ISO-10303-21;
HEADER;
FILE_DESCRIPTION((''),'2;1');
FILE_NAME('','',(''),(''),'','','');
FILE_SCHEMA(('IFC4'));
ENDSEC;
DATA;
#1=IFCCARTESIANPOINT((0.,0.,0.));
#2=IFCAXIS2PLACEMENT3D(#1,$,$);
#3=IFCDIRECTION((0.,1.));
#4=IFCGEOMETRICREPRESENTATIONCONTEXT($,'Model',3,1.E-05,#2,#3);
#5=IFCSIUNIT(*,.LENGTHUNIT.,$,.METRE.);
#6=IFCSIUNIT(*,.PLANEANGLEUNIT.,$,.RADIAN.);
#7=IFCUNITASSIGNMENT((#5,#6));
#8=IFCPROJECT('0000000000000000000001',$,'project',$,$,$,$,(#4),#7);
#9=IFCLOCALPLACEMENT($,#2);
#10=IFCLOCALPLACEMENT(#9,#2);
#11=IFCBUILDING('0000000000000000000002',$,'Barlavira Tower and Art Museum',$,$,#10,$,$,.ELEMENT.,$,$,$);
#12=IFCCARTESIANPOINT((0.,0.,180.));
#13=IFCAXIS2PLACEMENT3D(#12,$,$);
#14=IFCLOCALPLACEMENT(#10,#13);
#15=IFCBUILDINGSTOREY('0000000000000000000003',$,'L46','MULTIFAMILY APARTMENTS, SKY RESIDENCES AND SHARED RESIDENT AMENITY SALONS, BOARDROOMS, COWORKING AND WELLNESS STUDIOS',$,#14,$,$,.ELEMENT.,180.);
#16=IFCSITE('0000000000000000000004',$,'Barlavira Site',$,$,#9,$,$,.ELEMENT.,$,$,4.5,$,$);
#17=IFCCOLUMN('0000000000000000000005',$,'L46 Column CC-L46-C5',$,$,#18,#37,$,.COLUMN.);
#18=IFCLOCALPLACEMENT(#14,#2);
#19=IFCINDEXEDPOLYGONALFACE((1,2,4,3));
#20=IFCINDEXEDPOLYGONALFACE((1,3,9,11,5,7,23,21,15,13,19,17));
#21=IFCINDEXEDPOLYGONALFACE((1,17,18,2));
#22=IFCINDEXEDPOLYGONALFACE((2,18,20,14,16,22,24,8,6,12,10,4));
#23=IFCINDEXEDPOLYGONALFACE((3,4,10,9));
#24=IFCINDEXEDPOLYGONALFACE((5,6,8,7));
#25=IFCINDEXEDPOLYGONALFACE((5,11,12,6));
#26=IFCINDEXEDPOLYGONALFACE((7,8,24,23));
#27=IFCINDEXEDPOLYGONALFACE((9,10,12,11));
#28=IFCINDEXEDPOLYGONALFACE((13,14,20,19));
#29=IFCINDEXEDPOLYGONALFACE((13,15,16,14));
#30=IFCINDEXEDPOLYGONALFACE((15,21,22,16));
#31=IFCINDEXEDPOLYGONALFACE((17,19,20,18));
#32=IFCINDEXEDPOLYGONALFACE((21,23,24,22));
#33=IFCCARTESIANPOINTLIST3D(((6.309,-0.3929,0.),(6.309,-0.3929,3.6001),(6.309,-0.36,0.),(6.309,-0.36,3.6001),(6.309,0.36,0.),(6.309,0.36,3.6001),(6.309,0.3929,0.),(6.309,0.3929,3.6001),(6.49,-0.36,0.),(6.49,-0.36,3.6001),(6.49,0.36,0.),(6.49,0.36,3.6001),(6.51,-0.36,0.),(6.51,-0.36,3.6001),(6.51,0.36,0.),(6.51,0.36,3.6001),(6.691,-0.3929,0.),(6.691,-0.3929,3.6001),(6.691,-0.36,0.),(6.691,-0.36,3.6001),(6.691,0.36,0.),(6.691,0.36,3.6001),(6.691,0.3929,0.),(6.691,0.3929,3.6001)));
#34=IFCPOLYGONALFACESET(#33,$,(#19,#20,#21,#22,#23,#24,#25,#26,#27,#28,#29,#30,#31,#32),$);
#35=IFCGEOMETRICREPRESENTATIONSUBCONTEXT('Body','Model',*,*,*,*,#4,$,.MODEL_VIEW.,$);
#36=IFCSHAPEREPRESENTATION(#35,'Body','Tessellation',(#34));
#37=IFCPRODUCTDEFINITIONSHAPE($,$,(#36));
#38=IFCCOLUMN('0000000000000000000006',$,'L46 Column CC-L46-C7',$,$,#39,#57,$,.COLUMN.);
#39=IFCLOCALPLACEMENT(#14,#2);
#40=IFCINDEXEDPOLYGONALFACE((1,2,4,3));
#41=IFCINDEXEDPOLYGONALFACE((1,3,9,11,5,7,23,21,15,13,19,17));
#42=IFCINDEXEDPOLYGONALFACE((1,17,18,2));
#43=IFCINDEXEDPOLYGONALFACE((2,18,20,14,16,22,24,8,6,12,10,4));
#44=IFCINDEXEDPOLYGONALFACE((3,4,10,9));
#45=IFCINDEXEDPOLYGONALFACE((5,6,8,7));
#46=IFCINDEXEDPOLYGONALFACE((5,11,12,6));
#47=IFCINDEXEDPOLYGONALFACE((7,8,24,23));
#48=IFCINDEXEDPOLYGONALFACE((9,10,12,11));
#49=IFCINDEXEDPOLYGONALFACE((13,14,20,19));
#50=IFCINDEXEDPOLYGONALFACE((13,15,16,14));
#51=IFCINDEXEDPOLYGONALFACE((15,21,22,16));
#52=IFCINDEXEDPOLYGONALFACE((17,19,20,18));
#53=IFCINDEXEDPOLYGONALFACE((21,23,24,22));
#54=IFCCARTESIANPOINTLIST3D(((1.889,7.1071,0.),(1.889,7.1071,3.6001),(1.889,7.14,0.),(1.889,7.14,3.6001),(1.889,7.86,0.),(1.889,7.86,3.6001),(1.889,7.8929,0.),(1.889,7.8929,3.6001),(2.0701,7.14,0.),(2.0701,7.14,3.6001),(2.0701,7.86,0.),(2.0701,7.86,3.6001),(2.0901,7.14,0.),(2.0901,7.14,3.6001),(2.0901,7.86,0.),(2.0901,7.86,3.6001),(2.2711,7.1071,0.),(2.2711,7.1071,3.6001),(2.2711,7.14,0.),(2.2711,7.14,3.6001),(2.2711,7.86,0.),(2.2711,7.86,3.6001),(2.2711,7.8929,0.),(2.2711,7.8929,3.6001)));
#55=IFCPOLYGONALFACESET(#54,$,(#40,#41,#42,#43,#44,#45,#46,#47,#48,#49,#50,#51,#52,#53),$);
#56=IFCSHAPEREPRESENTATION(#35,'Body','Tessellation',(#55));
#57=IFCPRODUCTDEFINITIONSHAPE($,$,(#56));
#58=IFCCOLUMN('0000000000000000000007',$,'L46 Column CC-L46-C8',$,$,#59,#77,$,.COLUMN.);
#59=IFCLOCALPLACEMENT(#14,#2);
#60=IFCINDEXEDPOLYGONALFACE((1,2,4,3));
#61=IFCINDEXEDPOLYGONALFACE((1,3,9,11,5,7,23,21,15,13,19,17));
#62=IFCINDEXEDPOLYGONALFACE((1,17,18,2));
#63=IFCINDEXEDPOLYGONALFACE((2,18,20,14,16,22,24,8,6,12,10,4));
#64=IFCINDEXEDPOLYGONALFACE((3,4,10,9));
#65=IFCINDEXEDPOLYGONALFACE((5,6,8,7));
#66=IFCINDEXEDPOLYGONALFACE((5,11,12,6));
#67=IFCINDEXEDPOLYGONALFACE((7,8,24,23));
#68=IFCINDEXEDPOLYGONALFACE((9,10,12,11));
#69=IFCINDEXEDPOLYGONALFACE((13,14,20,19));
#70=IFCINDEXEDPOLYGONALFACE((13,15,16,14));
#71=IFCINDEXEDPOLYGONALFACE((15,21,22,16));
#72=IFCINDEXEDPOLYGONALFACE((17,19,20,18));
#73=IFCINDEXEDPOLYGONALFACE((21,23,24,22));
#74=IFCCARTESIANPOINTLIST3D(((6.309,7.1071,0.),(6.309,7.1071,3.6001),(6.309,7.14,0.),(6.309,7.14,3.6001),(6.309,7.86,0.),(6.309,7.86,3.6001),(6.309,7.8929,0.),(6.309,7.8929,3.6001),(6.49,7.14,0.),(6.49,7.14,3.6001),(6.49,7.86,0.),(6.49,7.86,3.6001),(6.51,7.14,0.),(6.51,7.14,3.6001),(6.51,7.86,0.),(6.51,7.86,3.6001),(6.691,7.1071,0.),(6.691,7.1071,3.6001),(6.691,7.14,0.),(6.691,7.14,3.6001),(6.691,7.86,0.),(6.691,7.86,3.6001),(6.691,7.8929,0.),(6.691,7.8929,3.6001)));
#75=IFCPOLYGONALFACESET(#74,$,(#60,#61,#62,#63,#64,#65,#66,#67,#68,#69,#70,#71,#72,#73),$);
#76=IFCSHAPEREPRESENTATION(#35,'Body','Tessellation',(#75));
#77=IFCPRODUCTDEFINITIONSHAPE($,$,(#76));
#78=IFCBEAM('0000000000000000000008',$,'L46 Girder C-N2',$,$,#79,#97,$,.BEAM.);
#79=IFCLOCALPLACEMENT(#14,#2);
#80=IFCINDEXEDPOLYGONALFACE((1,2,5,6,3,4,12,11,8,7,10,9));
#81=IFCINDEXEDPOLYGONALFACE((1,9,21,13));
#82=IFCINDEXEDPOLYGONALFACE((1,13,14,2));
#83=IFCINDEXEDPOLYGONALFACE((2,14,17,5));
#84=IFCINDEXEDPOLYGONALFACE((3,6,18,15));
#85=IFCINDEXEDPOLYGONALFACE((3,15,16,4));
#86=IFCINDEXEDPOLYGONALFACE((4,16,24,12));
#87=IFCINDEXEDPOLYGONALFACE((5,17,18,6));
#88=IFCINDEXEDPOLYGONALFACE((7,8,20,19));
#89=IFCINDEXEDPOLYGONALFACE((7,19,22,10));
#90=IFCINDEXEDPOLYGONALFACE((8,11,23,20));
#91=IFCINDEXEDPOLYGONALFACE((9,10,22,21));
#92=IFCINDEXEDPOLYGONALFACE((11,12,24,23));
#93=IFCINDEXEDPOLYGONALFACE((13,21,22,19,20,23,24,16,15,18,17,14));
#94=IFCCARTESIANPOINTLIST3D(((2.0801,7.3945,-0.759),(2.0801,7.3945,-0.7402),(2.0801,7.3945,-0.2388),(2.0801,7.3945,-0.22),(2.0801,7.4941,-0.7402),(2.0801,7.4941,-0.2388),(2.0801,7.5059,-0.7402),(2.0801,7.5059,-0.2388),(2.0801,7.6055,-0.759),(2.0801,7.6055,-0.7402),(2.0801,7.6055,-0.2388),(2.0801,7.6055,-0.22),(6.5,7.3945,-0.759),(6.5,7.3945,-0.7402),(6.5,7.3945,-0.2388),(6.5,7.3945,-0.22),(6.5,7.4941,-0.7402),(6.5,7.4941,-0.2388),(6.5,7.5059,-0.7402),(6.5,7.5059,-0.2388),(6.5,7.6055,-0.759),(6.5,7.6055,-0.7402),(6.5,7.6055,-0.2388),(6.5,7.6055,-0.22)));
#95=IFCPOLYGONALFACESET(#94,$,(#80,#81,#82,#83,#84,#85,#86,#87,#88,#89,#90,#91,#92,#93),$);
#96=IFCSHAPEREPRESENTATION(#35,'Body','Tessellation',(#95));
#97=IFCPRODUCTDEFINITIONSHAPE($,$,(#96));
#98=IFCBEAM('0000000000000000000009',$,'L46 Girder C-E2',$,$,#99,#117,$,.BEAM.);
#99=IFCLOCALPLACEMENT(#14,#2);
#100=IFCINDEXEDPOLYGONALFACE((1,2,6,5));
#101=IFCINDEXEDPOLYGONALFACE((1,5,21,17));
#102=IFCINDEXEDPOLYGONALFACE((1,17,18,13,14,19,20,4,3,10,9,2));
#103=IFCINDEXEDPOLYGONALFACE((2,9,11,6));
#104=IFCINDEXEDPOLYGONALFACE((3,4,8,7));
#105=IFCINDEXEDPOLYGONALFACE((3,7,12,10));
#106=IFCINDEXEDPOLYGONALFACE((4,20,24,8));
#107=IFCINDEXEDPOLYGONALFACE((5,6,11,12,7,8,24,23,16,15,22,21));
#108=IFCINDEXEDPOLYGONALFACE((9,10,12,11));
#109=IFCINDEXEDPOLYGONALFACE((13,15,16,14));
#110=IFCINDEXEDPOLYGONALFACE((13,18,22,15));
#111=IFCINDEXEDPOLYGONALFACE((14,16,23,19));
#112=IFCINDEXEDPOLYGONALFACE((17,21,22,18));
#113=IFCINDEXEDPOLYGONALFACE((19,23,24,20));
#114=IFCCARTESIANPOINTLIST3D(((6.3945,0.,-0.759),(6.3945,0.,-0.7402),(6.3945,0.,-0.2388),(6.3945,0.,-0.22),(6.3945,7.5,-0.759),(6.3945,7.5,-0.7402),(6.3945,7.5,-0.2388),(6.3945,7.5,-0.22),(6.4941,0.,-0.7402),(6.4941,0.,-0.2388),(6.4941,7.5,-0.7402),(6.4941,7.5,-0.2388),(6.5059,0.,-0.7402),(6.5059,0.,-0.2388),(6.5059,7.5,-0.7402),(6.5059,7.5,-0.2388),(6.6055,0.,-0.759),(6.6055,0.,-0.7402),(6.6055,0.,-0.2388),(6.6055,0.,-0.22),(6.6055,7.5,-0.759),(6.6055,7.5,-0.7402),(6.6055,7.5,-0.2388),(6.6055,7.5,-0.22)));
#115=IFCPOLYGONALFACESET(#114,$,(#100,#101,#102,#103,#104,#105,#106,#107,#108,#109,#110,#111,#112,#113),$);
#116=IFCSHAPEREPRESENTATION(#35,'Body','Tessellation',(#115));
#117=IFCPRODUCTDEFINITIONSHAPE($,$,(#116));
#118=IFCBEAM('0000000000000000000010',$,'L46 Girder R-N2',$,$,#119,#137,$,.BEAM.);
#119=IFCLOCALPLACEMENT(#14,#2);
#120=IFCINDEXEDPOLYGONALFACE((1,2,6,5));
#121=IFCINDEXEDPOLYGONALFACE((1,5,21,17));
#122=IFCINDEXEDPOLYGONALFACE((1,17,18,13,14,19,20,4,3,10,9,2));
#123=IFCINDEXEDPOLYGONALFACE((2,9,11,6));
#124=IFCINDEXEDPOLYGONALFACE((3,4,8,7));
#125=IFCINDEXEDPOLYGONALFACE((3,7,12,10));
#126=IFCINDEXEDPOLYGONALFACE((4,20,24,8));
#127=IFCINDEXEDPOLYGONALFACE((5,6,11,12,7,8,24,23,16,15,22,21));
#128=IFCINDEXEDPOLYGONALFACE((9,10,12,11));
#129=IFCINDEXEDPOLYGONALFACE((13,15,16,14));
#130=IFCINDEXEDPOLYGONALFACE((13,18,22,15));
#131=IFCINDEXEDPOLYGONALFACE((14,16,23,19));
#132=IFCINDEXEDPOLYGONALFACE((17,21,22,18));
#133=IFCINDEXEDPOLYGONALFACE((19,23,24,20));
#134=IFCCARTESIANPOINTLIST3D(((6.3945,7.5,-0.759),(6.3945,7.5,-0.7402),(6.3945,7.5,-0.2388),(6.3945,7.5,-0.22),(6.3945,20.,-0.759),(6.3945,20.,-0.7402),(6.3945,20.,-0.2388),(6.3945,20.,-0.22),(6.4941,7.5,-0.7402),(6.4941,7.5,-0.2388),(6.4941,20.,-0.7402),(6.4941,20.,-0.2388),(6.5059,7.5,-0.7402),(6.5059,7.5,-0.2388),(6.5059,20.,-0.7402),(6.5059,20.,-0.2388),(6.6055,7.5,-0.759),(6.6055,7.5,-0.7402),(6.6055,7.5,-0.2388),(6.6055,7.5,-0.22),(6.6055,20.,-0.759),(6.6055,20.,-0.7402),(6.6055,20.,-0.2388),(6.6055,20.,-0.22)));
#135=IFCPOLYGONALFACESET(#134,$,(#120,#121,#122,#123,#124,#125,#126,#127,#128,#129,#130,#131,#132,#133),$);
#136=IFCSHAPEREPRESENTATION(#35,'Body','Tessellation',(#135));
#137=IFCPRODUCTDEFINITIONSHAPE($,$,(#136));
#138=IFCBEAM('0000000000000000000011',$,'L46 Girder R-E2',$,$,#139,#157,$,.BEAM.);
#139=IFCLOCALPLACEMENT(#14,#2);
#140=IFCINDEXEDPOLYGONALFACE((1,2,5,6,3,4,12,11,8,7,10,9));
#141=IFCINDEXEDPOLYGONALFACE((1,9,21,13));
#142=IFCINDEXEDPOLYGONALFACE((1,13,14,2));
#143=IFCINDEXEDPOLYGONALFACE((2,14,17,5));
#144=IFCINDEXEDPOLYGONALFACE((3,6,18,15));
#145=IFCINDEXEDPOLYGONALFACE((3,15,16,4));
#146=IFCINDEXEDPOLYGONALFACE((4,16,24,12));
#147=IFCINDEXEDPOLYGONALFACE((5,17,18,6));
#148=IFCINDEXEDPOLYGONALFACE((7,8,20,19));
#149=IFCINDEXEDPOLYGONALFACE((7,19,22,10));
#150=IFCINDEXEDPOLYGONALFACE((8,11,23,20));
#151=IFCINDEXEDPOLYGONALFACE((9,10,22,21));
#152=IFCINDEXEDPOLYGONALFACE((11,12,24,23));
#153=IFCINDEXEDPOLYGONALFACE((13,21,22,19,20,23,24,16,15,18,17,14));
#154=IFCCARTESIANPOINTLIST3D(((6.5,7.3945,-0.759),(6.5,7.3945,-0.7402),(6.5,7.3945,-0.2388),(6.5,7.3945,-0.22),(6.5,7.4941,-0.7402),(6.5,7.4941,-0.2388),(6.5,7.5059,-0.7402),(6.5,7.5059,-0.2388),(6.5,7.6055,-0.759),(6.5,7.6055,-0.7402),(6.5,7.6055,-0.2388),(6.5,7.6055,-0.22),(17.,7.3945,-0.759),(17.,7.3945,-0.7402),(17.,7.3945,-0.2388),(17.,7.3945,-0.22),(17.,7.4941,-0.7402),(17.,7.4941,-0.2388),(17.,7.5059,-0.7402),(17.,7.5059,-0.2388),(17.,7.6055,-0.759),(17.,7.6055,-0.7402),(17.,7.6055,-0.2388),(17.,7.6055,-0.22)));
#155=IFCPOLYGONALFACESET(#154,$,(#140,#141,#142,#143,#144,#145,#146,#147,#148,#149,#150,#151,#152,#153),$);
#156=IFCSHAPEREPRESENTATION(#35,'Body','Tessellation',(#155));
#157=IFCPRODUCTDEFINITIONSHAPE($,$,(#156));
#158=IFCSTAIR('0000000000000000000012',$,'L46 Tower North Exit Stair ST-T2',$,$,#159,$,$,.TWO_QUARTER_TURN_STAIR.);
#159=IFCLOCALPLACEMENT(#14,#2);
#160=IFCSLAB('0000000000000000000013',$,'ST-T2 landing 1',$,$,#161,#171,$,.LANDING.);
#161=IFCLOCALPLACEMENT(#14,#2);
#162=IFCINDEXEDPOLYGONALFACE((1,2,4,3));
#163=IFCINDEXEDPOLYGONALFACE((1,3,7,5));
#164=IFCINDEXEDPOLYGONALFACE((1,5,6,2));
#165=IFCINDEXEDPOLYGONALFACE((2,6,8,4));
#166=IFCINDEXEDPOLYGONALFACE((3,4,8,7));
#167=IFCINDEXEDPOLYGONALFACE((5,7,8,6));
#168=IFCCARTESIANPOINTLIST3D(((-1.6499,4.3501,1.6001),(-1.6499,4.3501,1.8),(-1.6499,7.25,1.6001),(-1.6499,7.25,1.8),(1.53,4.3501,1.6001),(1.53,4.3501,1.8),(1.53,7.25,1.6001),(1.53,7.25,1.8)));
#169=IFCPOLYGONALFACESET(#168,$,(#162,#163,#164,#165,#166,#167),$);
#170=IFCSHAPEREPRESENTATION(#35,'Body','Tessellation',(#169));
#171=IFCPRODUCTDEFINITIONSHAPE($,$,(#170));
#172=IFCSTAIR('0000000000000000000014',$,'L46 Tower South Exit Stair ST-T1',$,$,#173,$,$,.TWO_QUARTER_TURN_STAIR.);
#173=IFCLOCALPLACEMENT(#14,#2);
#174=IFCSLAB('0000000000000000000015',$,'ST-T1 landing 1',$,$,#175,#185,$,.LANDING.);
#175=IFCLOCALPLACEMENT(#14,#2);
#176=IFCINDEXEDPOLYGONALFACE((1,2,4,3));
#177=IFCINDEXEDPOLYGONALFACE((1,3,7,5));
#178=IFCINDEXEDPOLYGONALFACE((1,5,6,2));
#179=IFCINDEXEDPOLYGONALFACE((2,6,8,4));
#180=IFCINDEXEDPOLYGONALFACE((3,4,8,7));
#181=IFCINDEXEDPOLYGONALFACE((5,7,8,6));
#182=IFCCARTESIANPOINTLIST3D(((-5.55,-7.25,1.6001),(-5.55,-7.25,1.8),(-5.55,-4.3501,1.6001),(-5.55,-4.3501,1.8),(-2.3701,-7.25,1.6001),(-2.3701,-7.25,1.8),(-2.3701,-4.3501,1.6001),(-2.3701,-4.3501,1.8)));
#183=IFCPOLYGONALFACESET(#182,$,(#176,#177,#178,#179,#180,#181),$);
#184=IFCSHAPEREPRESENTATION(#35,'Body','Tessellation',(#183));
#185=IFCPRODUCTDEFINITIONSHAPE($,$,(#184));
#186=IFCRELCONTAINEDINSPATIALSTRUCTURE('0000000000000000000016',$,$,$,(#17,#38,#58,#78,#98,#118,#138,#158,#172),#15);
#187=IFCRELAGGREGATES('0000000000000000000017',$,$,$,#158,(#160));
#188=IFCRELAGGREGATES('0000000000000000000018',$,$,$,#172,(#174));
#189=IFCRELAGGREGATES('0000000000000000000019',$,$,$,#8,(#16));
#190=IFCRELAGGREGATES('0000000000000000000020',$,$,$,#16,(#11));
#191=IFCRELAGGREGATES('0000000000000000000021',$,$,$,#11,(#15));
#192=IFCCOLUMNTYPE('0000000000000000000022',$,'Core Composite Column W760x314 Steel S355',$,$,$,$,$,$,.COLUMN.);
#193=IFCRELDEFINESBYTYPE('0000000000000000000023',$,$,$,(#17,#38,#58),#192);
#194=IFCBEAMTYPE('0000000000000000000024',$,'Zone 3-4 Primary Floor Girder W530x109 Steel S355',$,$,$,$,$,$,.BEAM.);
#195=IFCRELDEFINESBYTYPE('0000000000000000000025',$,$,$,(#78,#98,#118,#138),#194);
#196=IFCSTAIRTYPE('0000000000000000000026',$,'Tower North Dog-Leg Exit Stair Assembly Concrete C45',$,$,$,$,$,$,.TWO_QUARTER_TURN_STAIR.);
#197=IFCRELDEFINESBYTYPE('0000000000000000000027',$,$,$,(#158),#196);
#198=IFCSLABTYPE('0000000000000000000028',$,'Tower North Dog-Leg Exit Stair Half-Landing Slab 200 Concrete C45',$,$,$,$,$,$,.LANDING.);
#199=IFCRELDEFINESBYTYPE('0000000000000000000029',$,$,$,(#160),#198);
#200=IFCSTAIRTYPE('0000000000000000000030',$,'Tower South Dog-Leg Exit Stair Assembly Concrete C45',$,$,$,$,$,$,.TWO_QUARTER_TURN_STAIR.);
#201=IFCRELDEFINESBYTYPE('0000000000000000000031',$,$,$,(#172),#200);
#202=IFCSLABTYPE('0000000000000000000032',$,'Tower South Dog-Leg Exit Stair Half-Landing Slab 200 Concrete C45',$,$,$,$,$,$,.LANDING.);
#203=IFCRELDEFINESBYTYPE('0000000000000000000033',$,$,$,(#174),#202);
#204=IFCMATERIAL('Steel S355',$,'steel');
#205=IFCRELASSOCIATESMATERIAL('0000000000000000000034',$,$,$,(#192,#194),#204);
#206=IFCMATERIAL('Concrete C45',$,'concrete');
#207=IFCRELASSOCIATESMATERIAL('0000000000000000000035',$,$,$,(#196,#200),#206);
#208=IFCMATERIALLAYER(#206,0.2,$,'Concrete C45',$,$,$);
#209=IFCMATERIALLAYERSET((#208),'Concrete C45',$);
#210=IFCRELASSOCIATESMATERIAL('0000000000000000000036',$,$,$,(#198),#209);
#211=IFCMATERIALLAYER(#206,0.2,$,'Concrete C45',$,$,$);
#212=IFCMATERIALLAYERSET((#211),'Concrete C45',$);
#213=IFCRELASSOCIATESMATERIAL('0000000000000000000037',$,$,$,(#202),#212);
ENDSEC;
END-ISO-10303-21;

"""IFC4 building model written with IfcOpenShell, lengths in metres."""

from ifc_helpers import new_model, si_unit, direction, frame, origin, origin_2d, place, context, subcontext, project, spatial, polyline, i_section, outline, extrude, material, layer, layer_set, material_profile, profile_set, type_object, element, aggregate, save


model = new_model("IFC4")

# Units and contexts
model_context = context("Model", 3, precision=1e-05, world=origin(), true_north=direction((0.0, 1.0)))
body_context = subcontext(model_context, "Body", "Model", "MODEL_VIEW")
ifc_project = project(units=[si_unit("LENGTHUNIT", "METRE"), si_unit("PLANEANGLEUNIT", "RADIAN")], contexts=[model_context])

# Site, building, storey
site_placement = place(None, origin())
site = spatial("IfcSite", under=ifc_project, at=site_placement, Name="Barlavira Site", CompositionType="ELEMENT", RefElevation=4.5)
building_placement = place(site_placement, origin())
building = spatial("IfcBuilding", under=site, at=building_placement, Name="Barlavira Tower and Art Museum", CompositionType="ELEMENT")
storey_placement = place(building_placement, frame((0.0, 0.0, 180.0)))
storey = spatial("IfcBuildingStorey", under=building, at=storey_placement, Name="L46", Description="MULTIFAMILY APARTMENTS, SKY RESIDENCES AND SHARED RESIDENT AMENITY SALONS, BOARDROOMS, COWORKING AND WELLNESS STUDIOS", CompositionType="ELEMENT", Elevation=180.0)

# Columns
ifc_material_1 = material(Name="Steel S355", Category="steel")
ifc_material_profile_1 = material_profile(ifc_material_1, i_section(OverallWidth=0.3821, OverallDepth=0.7859, WebThickness=0.02, FlangeThickness=0.033, at=origin_2d()), Name="W760x314.0")
ifc_profile_set_1 = profile_set([ifc_material_profile_1], Name="Steel S355")
column_type = type_object("IfcColumnType", Name="Core Composite Column W760x314 Steel S355", PredefinedType="COLUMN", material=ifc_profile_set_1)
for number, where, z_axis, x_axis, name in (
    (1, (6.5, 0.0, 0.0), (0.0, 0.0, 1.0), (1.0, 0.0, 0.0), "L46 Column CC-L46-C5"),
    (2, (2.0801, 7.5, 0.0), (0.0, 0.0, 1.0), (1.0, 0.0, 0.0), "L46 Column CC-L46-C7"),
    (3, (6.5, 7.5, 0.0), (0.0, 0.0, 1.0), (1.0, 0.0, 0.0), "L46 Column CC-L46-C8"),
):
    element("IfcColumn", number, at=place(storey_placement, frame(where, z_axis=z_axis, x_axis=x_axis)), inside=storey, type_object=column_type, Name=name, PredefinedType="COLUMN", context=body_context, shape_type="SweptSolid", body=[
        extrude(i_section(OverallWidth=0.3821, OverallDepth=0.7859, WebThickness=0.02, FlangeThickness=0.033, at=origin_2d()), origin(), (0.0, 0.0, 1.0), 3.6001),
    ])

# Beams
ifc_material_profile_2 = material_profile(ifc_material_1, i_section(OverallWidth=0.2109, OverallDepth=0.5391, WebThickness=0.0117, FlangeThickness=0.0188, at=origin_2d()), Name="W530x109.0")
ifc_profile_set_2 = profile_set([ifc_material_profile_2], Name="Steel S355")
beam_type = type_object("IfcBeamType", Name="Zone 3-4 Primary Floor Girder W530x109 Steel S355", PredefinedType="BEAM", material=ifc_profile_set_2)
beam_1_placement = place(storey_placement, frame((2.0801, 7.5, -0.4895), z_axis=(1.0, 0.0, 0.0), x_axis=(0.0, 1.0, 0.0)))
element("IfcBeam", 4, at=beam_1_placement, inside=storey, type_object=beam_type, Name="L46 Girder C-N2", PredefinedType="BEAM", context=body_context, shape_type="SweptSolid", body=[
    extrude(i_section(OverallWidth=0.2109, OverallDepth=0.5391, WebThickness=0.0117, FlangeThickness=0.0188, at=origin_2d()), origin(), (0.0, 0.0, 1.0), 4.4199),
])
beam_2_placement = place(storey_placement, frame((6.5, 0.0, -0.4895), z_axis=(0.0, 1.0, 0.0), x_axis=(-1.0, 0.0, 0.0)))
element("IfcBeam", 5, at=beam_2_placement, inside=storey, type_object=beam_type, Name="L46 Girder C-E2", PredefinedType="BEAM", context=body_context, shape_type="SweptSolid", body=[
    extrude(i_section(OverallWidth=0.2109, OverallDepth=0.5391, WebThickness=0.0117, FlangeThickness=0.0188, at=origin_2d()), origin(), (0.0, 0.0, 1.0), 7.5),
])
beam_3_placement = place(storey_placement, frame((6.5, 7.5, -0.4895), z_axis=(0.0, 1.0, 0.0), x_axis=(-1.0, 0.0, 0.0)))
element("IfcBeam", 6, at=beam_3_placement, inside=storey, type_object=beam_type, Name="L46 Girder R-N2", PredefinedType="BEAM", context=body_context, shape_type="SweptSolid", body=[
    extrude(i_section(OverallWidth=0.2109, OverallDepth=0.5391, WebThickness=0.0117, FlangeThickness=0.0188, at=origin_2d()), origin(), (0.0, 0.0, 1.0), 12.5),
])
beam_4_placement = place(storey_placement, frame((6.5, 7.5, -0.4895), z_axis=(1.0, 0.0, 0.0), x_axis=(0.0, 1.0, 0.0)))
element("IfcBeam", 7, at=beam_4_placement, inside=storey, type_object=beam_type, Name="L46 Girder R-E2", PredefinedType="BEAM", context=body_context, shape_type="SweptSolid", body=[
    extrude(i_section(OverallWidth=0.2109, OverallDepth=0.5391, WebThickness=0.0117, FlangeThickness=0.0188, at=origin_2d()), origin(), (0.0, 0.0, 1.0), 10.5),
])

# Stairs, slabs
ifc_material_2 = material(Name="Concrete C45", Category="concrete")
stair_type_1 = type_object("IfcStairType", Name="Tower North Dog-Leg Exit Stair Assembly Concrete C45", PredefinedType="TWO_QUARTER_TURN_STAIR", material=ifc_material_2)
stair_1_placement = place(storey_placement, origin())
stair_1 = element("IfcStair", 8, at=stair_1_placement, inside=storey, type_object=stair_type_1, Name="L46 Tower North Exit Stair ST-T2", PredefinedType="TWO_QUARTER_TURN_STAIR")
ifc_layer_1 = layer(ifc_material_2, 0.2, Name="Concrete C45")
ifc_layer_set_1 = layer_set([ifc_layer_1], Name="Concrete C45")
slab_type_1 = type_object("IfcSlabType", Name="Tower North Dog-Leg Exit Stair Half-Landing Slab 200 Concrete C45", PredefinedType="LANDING", material=ifc_layer_set_1)
slab_1_placement = place(storey_placement, frame((0.0, 0.0, 1.6001)))
slab_1 = element("IfcSlab", 9, at=slab_1_placement, type_object=slab_type_1, Name="ST-T2 landing 1", PredefinedType="LANDING", context=body_context, shape_type="SweptSolid", body=[
    extrude(outline(polyline([(-1.6499, 4.3501), (1.53, 4.3501), (1.53, 7.25), (-1.6499, 7.25), (-1.6499, 4.3501)])), origin(), (0.0, 0.0, 1.0), 0.2),
])
aggregate(stair_1, [slab_1])
stair_type_2 = type_object("IfcStairType", Name="Tower South Dog-Leg Exit Stair Assembly Concrete C45", PredefinedType="TWO_QUARTER_TURN_STAIR", material=ifc_material_2)
stair_2_placement = place(storey_placement, origin())
stair_2 = element("IfcStair", 10, at=stair_2_placement, inside=storey, type_object=stair_type_2, Name="L46 Tower South Exit Stair ST-T1", PredefinedType="TWO_QUARTER_TURN_STAIR")
ifc_layer_2 = layer(ifc_material_2, 0.2, Name="Concrete C45")
ifc_layer_set_2 = layer_set([ifc_layer_2], Name="Concrete C45")
slab_type_2 = type_object("IfcSlabType", Name="Tower South Dog-Leg Exit Stair Half-Landing Slab 200 Concrete C45", PredefinedType="LANDING", material=ifc_layer_set_2)
slab_2_placement = place(storey_placement, frame((0.0, 0.0, 1.6001)))
slab_2 = element("IfcSlab", 11, at=slab_2_placement, type_object=slab_type_2, Name="ST-T1 landing 1", PredefinedType="LANDING", context=body_context, shape_type="SweptSolid", body=[
    extrude(outline(polyline([(-2.3701, -4.3501), (-5.55, -4.3501), (-5.55, -7.25), (-2.3701, -7.25), (-2.3701, -4.3501)])), origin(), (0.0, 0.0, 1.0), 0.2),
])
aggregate(stair_2, [slab_2])

save(model, "model.ifc")
